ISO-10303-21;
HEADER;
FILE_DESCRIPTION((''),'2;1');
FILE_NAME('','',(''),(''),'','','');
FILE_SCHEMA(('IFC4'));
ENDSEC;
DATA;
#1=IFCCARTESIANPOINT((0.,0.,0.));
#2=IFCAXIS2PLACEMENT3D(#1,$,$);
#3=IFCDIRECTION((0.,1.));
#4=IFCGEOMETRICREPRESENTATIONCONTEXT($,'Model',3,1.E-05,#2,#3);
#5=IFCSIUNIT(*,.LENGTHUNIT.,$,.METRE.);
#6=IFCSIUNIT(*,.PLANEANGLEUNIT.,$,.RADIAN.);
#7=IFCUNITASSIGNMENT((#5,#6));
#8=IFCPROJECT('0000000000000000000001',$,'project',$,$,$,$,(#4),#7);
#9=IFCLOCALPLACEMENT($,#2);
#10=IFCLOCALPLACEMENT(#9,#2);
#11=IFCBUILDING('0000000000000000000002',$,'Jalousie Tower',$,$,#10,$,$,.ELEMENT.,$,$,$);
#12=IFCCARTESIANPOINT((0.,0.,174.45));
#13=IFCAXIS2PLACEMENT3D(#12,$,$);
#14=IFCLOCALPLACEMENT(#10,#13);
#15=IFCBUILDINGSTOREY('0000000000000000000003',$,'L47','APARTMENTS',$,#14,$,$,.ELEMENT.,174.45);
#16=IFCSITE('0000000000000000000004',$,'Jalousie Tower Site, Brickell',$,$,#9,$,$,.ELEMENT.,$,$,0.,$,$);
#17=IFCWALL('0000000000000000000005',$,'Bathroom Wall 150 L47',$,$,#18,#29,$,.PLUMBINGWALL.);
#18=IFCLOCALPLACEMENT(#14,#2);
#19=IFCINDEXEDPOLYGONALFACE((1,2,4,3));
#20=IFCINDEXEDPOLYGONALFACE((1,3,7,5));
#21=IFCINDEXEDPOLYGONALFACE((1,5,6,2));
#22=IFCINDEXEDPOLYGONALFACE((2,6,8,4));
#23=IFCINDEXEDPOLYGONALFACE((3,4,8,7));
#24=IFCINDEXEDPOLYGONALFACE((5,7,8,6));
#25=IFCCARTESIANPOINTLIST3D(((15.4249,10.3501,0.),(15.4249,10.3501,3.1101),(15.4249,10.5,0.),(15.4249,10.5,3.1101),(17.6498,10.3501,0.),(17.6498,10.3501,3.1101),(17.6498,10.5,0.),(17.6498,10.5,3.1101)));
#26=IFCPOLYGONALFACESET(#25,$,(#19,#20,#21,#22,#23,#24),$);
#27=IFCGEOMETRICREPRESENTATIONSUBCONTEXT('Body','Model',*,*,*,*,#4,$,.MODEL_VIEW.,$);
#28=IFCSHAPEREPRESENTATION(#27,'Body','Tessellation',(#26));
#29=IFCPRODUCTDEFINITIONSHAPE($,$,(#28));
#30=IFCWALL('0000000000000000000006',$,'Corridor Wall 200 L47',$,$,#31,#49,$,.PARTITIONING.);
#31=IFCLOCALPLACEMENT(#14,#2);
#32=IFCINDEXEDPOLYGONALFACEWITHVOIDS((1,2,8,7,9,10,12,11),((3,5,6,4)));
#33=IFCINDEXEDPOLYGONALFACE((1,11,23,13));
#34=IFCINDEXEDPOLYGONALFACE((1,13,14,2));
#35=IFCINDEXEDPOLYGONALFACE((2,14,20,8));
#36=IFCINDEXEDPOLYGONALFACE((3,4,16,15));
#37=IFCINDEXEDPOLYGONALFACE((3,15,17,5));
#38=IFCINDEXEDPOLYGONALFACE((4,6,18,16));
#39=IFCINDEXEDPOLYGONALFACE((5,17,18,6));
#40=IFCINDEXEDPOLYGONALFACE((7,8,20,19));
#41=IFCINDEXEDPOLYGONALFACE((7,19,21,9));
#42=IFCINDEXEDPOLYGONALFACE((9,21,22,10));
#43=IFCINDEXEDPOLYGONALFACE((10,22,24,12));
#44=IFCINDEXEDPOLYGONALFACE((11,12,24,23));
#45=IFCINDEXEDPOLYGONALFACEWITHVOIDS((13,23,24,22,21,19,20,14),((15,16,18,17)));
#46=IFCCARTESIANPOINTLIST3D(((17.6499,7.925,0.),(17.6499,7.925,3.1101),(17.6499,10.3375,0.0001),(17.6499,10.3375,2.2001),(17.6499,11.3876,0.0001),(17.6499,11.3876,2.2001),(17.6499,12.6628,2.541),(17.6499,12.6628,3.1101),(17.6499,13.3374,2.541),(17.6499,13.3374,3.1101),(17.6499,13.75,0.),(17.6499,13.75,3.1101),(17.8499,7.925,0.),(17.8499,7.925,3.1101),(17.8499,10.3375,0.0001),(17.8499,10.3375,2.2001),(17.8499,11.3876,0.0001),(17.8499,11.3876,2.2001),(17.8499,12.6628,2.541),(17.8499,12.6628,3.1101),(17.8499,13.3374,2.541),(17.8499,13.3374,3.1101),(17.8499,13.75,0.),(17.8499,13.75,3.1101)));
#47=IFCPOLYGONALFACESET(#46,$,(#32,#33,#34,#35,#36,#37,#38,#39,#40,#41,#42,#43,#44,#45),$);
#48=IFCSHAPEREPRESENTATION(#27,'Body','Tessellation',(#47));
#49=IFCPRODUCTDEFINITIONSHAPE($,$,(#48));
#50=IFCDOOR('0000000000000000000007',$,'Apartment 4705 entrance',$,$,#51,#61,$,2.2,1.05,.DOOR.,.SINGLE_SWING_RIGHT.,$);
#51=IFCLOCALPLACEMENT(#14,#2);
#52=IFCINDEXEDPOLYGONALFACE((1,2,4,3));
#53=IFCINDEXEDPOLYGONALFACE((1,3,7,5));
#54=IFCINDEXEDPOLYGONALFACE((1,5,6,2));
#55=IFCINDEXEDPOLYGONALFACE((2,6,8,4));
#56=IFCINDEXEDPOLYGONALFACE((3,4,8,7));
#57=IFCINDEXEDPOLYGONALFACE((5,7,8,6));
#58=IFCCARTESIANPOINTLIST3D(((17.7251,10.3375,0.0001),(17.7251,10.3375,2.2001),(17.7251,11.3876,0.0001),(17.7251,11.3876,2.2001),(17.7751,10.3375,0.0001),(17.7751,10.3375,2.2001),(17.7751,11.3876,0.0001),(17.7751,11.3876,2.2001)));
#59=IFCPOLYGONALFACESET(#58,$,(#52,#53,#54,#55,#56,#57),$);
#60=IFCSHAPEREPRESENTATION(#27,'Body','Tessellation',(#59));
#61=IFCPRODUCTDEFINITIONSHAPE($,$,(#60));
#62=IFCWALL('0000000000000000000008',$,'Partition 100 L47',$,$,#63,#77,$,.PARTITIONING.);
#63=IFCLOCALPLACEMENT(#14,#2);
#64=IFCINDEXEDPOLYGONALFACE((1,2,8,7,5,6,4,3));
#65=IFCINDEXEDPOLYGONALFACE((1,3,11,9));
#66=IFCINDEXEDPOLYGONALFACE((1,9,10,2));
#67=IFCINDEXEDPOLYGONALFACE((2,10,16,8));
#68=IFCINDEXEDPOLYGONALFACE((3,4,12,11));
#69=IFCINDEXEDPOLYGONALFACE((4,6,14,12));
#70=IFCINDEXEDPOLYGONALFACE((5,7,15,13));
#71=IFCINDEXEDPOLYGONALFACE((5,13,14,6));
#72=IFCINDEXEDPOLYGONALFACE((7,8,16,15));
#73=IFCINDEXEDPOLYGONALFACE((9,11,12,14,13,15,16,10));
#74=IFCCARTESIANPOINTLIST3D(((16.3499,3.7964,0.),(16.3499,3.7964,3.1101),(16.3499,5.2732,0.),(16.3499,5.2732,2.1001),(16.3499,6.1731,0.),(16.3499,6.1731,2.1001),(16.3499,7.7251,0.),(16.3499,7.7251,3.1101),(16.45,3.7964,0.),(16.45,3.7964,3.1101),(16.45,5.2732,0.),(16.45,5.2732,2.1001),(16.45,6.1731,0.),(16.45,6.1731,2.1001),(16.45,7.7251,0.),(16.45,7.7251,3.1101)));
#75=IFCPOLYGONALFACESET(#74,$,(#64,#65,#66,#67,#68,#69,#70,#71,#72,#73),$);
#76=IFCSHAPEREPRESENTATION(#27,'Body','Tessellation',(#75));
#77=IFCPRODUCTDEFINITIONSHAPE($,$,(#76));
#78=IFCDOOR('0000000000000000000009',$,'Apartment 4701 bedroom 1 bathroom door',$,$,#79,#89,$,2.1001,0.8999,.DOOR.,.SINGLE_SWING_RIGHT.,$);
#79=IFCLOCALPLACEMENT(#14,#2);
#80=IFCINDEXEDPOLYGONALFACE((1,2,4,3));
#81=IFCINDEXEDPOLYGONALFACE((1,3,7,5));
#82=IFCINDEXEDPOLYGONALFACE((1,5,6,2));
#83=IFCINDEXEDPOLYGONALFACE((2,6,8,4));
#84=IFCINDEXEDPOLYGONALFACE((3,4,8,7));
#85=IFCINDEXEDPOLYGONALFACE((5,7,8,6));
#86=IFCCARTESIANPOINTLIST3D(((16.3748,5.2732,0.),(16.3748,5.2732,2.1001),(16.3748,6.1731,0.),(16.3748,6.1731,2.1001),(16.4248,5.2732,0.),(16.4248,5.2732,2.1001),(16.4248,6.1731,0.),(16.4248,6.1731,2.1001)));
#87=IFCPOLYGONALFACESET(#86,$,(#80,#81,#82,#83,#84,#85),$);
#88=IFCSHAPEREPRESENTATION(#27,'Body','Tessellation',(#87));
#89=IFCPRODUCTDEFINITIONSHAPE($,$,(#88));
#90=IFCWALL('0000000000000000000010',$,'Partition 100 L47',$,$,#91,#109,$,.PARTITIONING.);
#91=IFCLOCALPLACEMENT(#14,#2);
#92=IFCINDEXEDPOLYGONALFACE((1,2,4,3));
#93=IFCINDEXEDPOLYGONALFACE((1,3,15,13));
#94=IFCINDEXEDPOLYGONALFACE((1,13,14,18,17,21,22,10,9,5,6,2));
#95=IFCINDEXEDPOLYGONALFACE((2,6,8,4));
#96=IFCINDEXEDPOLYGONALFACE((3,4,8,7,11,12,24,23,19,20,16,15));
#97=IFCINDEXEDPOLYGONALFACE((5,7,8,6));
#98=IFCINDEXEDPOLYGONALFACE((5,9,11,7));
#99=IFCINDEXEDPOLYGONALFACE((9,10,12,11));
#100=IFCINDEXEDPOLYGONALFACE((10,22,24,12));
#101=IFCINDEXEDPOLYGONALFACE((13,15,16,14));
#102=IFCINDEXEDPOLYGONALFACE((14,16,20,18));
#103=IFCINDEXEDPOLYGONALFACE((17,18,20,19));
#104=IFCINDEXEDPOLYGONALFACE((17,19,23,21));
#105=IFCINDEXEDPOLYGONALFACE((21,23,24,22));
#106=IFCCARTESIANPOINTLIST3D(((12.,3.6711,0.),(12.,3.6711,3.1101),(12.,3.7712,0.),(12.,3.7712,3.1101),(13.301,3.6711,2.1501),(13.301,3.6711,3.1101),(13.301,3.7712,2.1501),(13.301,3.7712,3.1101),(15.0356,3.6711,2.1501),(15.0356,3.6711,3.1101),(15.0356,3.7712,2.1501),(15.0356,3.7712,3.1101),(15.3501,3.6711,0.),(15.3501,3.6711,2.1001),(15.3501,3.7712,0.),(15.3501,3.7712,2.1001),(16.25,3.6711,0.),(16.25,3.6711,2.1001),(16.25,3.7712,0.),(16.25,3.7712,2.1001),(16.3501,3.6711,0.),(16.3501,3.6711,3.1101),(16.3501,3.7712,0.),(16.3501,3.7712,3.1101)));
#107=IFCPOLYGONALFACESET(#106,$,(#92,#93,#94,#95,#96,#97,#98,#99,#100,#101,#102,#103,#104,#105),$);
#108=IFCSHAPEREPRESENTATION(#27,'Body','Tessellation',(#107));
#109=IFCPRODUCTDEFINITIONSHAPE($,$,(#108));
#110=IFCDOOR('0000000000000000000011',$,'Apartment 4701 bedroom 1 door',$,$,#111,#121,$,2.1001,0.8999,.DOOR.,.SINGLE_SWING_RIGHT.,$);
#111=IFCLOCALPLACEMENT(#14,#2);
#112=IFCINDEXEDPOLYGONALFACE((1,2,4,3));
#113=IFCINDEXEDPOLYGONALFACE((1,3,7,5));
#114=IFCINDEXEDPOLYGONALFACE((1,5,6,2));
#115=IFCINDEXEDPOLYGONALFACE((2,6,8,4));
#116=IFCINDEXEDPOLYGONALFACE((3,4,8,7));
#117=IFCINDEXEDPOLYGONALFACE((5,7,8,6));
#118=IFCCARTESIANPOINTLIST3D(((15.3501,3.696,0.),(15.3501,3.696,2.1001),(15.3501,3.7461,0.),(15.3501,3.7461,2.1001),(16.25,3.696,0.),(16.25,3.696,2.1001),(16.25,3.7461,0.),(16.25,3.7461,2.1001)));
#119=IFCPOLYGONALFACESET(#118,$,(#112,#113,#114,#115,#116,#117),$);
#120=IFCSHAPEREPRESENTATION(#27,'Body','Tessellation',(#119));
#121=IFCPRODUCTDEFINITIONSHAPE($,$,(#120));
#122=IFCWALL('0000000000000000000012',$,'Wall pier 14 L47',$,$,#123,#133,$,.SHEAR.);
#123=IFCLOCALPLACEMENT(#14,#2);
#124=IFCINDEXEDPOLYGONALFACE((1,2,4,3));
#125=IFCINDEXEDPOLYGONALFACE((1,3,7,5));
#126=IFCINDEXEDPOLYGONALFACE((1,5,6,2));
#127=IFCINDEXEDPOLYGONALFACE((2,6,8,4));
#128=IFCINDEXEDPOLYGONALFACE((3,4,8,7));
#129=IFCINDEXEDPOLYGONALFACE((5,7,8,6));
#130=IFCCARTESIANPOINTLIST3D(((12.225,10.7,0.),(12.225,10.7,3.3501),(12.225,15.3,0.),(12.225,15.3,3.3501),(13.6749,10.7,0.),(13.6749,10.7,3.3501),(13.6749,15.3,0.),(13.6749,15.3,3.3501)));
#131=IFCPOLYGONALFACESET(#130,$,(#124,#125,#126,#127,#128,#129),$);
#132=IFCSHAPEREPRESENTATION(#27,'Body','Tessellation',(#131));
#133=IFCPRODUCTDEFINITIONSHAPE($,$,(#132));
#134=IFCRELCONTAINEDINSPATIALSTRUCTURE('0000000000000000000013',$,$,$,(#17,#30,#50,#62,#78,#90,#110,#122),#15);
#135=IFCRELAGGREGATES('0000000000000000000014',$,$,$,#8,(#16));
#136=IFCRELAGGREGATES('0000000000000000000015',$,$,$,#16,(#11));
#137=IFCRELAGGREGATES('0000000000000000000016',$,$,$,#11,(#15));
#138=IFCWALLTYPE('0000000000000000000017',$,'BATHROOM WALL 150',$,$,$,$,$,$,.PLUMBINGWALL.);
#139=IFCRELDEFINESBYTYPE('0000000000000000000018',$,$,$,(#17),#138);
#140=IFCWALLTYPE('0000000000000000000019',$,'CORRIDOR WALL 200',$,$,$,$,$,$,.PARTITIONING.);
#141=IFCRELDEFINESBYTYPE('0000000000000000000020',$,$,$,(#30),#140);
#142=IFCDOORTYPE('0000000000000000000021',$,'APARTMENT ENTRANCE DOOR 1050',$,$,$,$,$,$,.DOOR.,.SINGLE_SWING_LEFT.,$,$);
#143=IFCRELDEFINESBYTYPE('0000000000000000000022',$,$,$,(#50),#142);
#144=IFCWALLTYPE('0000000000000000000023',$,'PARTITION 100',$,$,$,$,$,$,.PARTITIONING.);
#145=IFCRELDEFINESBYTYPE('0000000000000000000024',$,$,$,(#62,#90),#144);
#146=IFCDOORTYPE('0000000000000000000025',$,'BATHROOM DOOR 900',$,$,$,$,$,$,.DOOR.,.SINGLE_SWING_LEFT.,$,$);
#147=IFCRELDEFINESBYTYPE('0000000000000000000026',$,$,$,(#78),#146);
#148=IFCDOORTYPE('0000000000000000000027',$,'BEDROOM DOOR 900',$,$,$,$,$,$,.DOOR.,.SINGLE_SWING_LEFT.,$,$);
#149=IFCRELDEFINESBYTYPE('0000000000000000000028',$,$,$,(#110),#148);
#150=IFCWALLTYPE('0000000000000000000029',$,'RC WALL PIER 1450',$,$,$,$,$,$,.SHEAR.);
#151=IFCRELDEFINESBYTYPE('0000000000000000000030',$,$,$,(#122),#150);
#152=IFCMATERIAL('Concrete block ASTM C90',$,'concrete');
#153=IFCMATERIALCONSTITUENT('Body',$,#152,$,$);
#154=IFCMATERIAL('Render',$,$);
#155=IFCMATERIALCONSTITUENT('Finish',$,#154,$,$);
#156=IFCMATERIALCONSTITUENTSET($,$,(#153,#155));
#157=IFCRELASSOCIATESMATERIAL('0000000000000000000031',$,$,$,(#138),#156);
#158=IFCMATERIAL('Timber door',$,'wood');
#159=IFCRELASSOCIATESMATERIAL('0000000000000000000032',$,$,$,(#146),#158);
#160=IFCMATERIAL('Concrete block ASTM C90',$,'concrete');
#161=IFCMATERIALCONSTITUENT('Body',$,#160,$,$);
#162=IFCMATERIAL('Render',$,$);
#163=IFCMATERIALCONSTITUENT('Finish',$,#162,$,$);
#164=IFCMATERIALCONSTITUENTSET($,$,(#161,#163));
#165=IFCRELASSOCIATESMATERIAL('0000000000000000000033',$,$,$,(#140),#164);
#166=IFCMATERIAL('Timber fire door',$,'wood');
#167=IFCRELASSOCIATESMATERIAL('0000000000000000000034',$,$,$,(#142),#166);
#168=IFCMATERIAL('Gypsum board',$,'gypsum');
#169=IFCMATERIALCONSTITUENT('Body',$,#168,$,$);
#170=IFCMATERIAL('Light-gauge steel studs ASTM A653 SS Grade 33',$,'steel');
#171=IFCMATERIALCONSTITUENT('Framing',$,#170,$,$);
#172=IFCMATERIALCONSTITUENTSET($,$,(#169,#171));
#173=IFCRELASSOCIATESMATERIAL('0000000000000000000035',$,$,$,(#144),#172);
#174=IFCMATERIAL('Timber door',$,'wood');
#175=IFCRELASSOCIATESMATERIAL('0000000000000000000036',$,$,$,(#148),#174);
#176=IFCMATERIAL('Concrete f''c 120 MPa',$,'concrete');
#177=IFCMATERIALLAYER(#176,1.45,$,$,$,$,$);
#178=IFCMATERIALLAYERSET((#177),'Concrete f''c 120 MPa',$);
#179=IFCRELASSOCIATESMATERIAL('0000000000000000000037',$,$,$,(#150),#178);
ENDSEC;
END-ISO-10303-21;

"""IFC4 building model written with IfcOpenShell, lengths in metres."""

from ifc_helpers import new_model, si_unit, direction, frame, frame_2d, origin, place, context, subcontext, project, spatial, polyline, rectangle, outline, extrude, material, layer, layer_set, constituent, constituent_set, type_object, element, fill, save


model = new_model("IFC4")

# Units and contexts
model_context = context("Model", 3, precision=1e-05, world=origin(), true_north=direction((0.0, 1.0)))
body_context = subcontext(model_context, "Body", "Model", "MODEL_VIEW")
ifc_project = project(units=[si_unit("LENGTHUNIT", "METRE"), si_unit("PLANEANGLEUNIT", "RADIAN")], contexts=[model_context])

# Site, building, storey
site_placement = place(None, origin())
site = spatial("IfcSite", under=ifc_project, at=site_placement, Name="Jalousie Tower Site, Brickell", CompositionType="ELEMENT", RefElevation=0.0)
building_placement = place(site_placement, origin())
building = spatial("IfcBuilding", under=site, at=building_placement, Name="Jalousie Tower", CompositionType="ELEMENT")
storey_placement = place(building_placement, frame((0.0, 0.0, 174.45)))
storey = spatial("IfcBuildingStorey", under=building, at=storey_placement, Name="L47", Description="APARTMENTS", CompositionType="ELEMENT", Elevation=174.45)

# Shared definitions
ifc_material_1 = material(Name="Concrete block ASTM C90", Category="concrete")
ifc_constituent_1 = constituent(ifc_material_1, Name="Body")
ifc_material_2 = material(Name="Render")
ifc_constituent_2 = constituent(ifc_material_2, Name="Finish")
ifc_constituent_set_1 = constituent_set(constituents=[ifc_constituent_1, ifc_constituent_2])
wall_type_1 = type_object("IfcWallType", Name="BATHROOM WALL 150", PredefinedType="PLUMBINGWALL", material=ifc_constituent_set_1)
ifc_material_3 = material(Name="Timber door", Category="wood")
door_type_1 = type_object("IfcDoorType", Name="BATHROOM DOOR 900", OperationType="SINGLE_SWING_LEFT", PredefinedType="DOOR", material=ifc_material_3)

# Wall
wall_1_placement = place(storey_placement, frame((15.425, 10.425, 0.0), z_axis=(0.0, 0.0, 1.0), x_axis=(1.0, 0.0, 0.0)))
element("IfcWall", 1, at=wall_1_placement, inside=storey, type_object=wall_type_1, Name="Bathroom Wall 150 L47", PredefinedType="PLUMBINGWALL", context=body_context, shape_type="SweptSolid", body=[
    extrude(rectangle(XDim=2.2249, YDim=0.1499, at=frame_2d((1.1123, 0.0))), origin(), (0.0, 0.0, 1.0), 3.1101),
])

# Walls, openings, doors
ifc_material_4 = material(Name="Concrete block ASTM C90", Category="concrete")
ifc_constituent_3 = constituent(ifc_material_4, Name="Body")
ifc_material_5 = material(Name="Render")
ifc_constituent_4 = constituent(ifc_material_5, Name="Finish")
ifc_constituent_set_2 = constituent_set(constituents=[ifc_constituent_3, ifc_constituent_4])
wall_type_2 = type_object("IfcWallType", Name="CORRIDOR WALL 200", PredefinedType="PARTITIONING", material=ifc_constituent_set_2)
wall_2_placement = place(storey_placement, frame((17.75, 7.925, 0.0), z_axis=(0.0, 0.0, 1.0), x_axis=(0.0, 1.0, 0.0)))
wall_2 = element("IfcWall", 2, at=wall_2_placement, inside=storey, type_object=wall_type_2, Name="Corridor Wall 200 L47", PredefinedType="PARTITIONING", context=body_context, shape_type="SweptSolid", body=[
    extrude(outline(polyline([(0.0, 0.0), (5.825, 0.0), (5.825, 3.1101), (5.4124, 3.1101), (5.4124, 2.541), (4.7378, 2.541), (4.7378, 3.1101), (0.0, 3.1101), (0.0, 0.0)])), frame((0.0, 0.1001, 0.0), z_axis=(0.0, -1.0, 0.0), x_axis=(1.0, 0.0, 0.0)), (0.0, 0.0, 1.0), 0.2),
])
opening_1_placement = place(wall_2_placement, frame((2.4126, 0.0, 0.0)))
opening_1 = element("IfcOpeningElement", 3, at=opening_1_placement, cuts=wall_2, PredefinedType="OPENING", context=body_context, shape_type="SweptSolid", body=[
    extrude(rectangle(XDim=1.05, YDim=2.2, at=frame_2d((0.5249, 1.1001))), frame((0.0, 0.1099, 0.0), z_axis=(0.0, -1.0, 0.0), x_axis=(1.0, 0.0, 0.0)), (0.0, 0.0, 1.0), 0.22),
])
ifc_material_6 = material(Name="Timber fire door", Category="wood")
door_type_2 = type_object("IfcDoorType", Name="APARTMENT ENTRANCE DOOR 1050", OperationType="SINGLE_SWING_LEFT", PredefinedType="DOOR", material=ifc_material_6)
door_1_placement = place(opening_1_placement, origin())
door_1 = element("IfcDoor", 4, at=door_1_placement, inside=storey, type_object=door_type_2, Name="Apartment 4705 entrance", OperationType="SINGLE_SWING_RIGHT", OverallHeight=2.2, OverallWidth=1.05, PredefinedType="DOOR", context=body_context, shape_type="SweptSolid", body=[
    extrude(rectangle(XDim=1.05, YDim=2.2, at=frame_2d((0.5249, 1.1001))), frame((0.0, 0.0249, 0.0), z_axis=(0.0, -1.0, 0.0), x_axis=(1.0, 0.0, 0.0)), (0.0, 0.0, 1.0), 0.05),
])
fill(opening_1, door_1)
ifc_material_7 = material(Name="Gypsum board", Category="gypsum")
ifc_constituent_5 = constituent(ifc_material_7, Name="Body")
ifc_material_8 = material(Name="Light-gauge steel studs ASTM A653 SS Grade 33", Category="steel")
ifc_constituent_6 = constituent(ifc_material_8, Name="Framing")
ifc_constituent_set_3 = constituent_set(constituents=[ifc_constituent_5, ifc_constituent_6])
wall_type_3 = type_object("IfcWallType", Name="PARTITION 100", PredefinedType="PARTITIONING", material=ifc_constituent_set_3)
wall_3_placement = place(storey_placement, frame((16.3999, 3.7964, 0.0), z_axis=(0.0, 0.0, 1.0), x_axis=(0.0, 1.0, 0.0)))
wall_3 = element("IfcWall", 5, at=wall_3_placement, inside=storey, type_object=wall_type_3, Name="Partition 100 L47", PredefinedType="PARTITIONING", context=body_context, shape_type="SweptSolid", body=[
    extrude(rectangle(XDim=3.9287, YDim=0.1001, at=frame_2d((1.9644, 0.0))), origin(), (0.0, 0.0, 1.0), 3.1101),
])
opening_2_placement = place(wall_3_placement, frame((1.4768, 0.0, 0.0)))
opening_2 = element("IfcOpeningElement", 6, at=opening_2_placement, cuts=wall_3, PredefinedType="OPENING", context=body_context, shape_type="SweptSolid", body=[
    extrude(rectangle(XDim=0.8999, YDim=2.1001, at=frame_2d((0.45, 1.05))), frame((0.0, 0.0601, 0.0), z_axis=(0.0, -1.0, 0.0), x_axis=(1.0, 0.0, 0.0)), (0.0, 0.0, 1.0), 0.1201),
])
door_2_placement = place(opening_2_placement, frame((0.8999, 0.0, 0.0), z_axis=(0.0, 0.0, 1.0), x_axis=(-1.0, 0.0, 0.0)))
door_2 = element("IfcDoor", 7, at=door_2_placement, inside=storey, type_object=door_type_1, Name="Apartment 4701 bedroom 1 bathroom door", OperationType="SINGLE_SWING_RIGHT", OverallHeight=2.1001, OverallWidth=0.8999, PredefinedType="DOOR", context=body_context, shape_type="SweptSolid", body=[
    extrude(rectangle(XDim=0.8999, YDim=2.1001, at=frame_2d((0.45, 1.05))), frame((0.0, 0.0249, 0.0), z_axis=(0.0, -1.0, 0.0), x_axis=(1.0, 0.0, 0.0)), (0.0, 0.0, 1.0), 0.05),
])
fill(opening_2, door_2)
wall_4_placement = place(storey_placement, frame((16.3501, 3.7212, 0.0), z_axis=(0.0, 0.0, 1.0), x_axis=(-1.0, 0.0, 0.0)))
wall_4 = element("IfcWall", 8, at=wall_4_placement, inside=storey, type_object=wall_type_3, Name="Partition 100 L47", PredefinedType="PARTITIONING", context=body_context, shape_type="SweptSolid", body=[
    extrude(outline(polyline([(0.0, 0.0), (4.3501, 0.0), (4.3501, 3.1101), (3.0491, 3.1101), (3.0491, 2.1501), (1.3145, 2.1501), (1.3145, 3.1101), (0.0, 3.1101), (0.0, 0.0)])), frame((0.0, 0.05, 0.0), z_axis=(0.0, -1.0, 0.0), x_axis=(1.0, 0.0, 0.0)), (0.0, 0.0, 1.0), 0.1001),
])
opening_3_placement = place(wall_4_placement, frame((0.1001, 0.0, 0.0)))
opening_3 = element("IfcOpeningElement", 9, at=opening_3_placement, cuts=wall_4, PredefinedType="OPENING", context=body_context, shape_type="SweptSolid", body=[
    extrude(rectangle(XDim=0.8999, YDim=2.1001, at=frame_2d((0.45, 1.05))), frame((0.0, 0.0601, 0.0), z_axis=(0.0, -1.0, 0.0), x_axis=(1.0, 0.0, 0.0)), (0.0, 0.0, 1.0), 0.1201),
])
ifc_material_9 = material(Name="Timber door", Category="wood")
door_type_3 = type_object("IfcDoorType", Name="BEDROOM DOOR 900", OperationType="SINGLE_SWING_LEFT", PredefinedType="DOOR", material=ifc_material_9)
door_3_placement = place(opening_3_placement, frame((0.8999, 0.0, 0.0), z_axis=(0.0, 0.0, 1.0), x_axis=(-1.0, 0.0, 0.0)))
door_3 = element("IfcDoor", 10, at=door_3_placement, inside=storey, type_object=door_type_3, Name="Apartment 4701 bedroom 1 door", OperationType="SINGLE_SWING_RIGHT", OverallHeight=2.1001, OverallWidth=0.8999, PredefinedType="DOOR", context=body_context, shape_type="SweptSolid", body=[
    extrude(rectangle(XDim=0.8999, YDim=2.1001, at=frame_2d((0.45, 1.05))), frame((0.0, 0.0249, 0.0), z_axis=(0.0, -1.0, 0.0), x_axis=(1.0, 0.0, 0.0)), (0.0, 0.0, 1.0), 0.05),
])
fill(opening_3, door_3)

# Wall
ifc_material_10 = material(Name="Concrete f'c 120 MPa", Category="concrete")
ifc_layer = layer(ifc_material_10, 1.45)
ifc_layer_set = layer_set([ifc_layer], Name="Concrete f'c 120 MPa")
wall_type_4 = type_object("IfcWallType", Name="RC WALL PIER 1450", PredefinedType="SHEAR", material=ifc_layer_set)
wall_5_placement = place(storey_placement, frame((12.95, 10.7, 0.0), z_axis=(0.0, 0.0, 1.0), x_axis=(0.0, 1.0, 0.0)))
element("IfcWall", 11, at=wall_5_placement, inside=storey, type_object=wall_type_4, Name="Wall pier 14 L47", PredefinedType="SHEAR", context=body_context, shape_type="SweptSolid", body=[
    extrude(rectangle(XDim=4.6001, YDim=1.45, at=frame_2d((2.3, 0.0))), origin(), (0.0, 0.0, 1.0), 3.3501),
])

save(model, "model.ifc")
